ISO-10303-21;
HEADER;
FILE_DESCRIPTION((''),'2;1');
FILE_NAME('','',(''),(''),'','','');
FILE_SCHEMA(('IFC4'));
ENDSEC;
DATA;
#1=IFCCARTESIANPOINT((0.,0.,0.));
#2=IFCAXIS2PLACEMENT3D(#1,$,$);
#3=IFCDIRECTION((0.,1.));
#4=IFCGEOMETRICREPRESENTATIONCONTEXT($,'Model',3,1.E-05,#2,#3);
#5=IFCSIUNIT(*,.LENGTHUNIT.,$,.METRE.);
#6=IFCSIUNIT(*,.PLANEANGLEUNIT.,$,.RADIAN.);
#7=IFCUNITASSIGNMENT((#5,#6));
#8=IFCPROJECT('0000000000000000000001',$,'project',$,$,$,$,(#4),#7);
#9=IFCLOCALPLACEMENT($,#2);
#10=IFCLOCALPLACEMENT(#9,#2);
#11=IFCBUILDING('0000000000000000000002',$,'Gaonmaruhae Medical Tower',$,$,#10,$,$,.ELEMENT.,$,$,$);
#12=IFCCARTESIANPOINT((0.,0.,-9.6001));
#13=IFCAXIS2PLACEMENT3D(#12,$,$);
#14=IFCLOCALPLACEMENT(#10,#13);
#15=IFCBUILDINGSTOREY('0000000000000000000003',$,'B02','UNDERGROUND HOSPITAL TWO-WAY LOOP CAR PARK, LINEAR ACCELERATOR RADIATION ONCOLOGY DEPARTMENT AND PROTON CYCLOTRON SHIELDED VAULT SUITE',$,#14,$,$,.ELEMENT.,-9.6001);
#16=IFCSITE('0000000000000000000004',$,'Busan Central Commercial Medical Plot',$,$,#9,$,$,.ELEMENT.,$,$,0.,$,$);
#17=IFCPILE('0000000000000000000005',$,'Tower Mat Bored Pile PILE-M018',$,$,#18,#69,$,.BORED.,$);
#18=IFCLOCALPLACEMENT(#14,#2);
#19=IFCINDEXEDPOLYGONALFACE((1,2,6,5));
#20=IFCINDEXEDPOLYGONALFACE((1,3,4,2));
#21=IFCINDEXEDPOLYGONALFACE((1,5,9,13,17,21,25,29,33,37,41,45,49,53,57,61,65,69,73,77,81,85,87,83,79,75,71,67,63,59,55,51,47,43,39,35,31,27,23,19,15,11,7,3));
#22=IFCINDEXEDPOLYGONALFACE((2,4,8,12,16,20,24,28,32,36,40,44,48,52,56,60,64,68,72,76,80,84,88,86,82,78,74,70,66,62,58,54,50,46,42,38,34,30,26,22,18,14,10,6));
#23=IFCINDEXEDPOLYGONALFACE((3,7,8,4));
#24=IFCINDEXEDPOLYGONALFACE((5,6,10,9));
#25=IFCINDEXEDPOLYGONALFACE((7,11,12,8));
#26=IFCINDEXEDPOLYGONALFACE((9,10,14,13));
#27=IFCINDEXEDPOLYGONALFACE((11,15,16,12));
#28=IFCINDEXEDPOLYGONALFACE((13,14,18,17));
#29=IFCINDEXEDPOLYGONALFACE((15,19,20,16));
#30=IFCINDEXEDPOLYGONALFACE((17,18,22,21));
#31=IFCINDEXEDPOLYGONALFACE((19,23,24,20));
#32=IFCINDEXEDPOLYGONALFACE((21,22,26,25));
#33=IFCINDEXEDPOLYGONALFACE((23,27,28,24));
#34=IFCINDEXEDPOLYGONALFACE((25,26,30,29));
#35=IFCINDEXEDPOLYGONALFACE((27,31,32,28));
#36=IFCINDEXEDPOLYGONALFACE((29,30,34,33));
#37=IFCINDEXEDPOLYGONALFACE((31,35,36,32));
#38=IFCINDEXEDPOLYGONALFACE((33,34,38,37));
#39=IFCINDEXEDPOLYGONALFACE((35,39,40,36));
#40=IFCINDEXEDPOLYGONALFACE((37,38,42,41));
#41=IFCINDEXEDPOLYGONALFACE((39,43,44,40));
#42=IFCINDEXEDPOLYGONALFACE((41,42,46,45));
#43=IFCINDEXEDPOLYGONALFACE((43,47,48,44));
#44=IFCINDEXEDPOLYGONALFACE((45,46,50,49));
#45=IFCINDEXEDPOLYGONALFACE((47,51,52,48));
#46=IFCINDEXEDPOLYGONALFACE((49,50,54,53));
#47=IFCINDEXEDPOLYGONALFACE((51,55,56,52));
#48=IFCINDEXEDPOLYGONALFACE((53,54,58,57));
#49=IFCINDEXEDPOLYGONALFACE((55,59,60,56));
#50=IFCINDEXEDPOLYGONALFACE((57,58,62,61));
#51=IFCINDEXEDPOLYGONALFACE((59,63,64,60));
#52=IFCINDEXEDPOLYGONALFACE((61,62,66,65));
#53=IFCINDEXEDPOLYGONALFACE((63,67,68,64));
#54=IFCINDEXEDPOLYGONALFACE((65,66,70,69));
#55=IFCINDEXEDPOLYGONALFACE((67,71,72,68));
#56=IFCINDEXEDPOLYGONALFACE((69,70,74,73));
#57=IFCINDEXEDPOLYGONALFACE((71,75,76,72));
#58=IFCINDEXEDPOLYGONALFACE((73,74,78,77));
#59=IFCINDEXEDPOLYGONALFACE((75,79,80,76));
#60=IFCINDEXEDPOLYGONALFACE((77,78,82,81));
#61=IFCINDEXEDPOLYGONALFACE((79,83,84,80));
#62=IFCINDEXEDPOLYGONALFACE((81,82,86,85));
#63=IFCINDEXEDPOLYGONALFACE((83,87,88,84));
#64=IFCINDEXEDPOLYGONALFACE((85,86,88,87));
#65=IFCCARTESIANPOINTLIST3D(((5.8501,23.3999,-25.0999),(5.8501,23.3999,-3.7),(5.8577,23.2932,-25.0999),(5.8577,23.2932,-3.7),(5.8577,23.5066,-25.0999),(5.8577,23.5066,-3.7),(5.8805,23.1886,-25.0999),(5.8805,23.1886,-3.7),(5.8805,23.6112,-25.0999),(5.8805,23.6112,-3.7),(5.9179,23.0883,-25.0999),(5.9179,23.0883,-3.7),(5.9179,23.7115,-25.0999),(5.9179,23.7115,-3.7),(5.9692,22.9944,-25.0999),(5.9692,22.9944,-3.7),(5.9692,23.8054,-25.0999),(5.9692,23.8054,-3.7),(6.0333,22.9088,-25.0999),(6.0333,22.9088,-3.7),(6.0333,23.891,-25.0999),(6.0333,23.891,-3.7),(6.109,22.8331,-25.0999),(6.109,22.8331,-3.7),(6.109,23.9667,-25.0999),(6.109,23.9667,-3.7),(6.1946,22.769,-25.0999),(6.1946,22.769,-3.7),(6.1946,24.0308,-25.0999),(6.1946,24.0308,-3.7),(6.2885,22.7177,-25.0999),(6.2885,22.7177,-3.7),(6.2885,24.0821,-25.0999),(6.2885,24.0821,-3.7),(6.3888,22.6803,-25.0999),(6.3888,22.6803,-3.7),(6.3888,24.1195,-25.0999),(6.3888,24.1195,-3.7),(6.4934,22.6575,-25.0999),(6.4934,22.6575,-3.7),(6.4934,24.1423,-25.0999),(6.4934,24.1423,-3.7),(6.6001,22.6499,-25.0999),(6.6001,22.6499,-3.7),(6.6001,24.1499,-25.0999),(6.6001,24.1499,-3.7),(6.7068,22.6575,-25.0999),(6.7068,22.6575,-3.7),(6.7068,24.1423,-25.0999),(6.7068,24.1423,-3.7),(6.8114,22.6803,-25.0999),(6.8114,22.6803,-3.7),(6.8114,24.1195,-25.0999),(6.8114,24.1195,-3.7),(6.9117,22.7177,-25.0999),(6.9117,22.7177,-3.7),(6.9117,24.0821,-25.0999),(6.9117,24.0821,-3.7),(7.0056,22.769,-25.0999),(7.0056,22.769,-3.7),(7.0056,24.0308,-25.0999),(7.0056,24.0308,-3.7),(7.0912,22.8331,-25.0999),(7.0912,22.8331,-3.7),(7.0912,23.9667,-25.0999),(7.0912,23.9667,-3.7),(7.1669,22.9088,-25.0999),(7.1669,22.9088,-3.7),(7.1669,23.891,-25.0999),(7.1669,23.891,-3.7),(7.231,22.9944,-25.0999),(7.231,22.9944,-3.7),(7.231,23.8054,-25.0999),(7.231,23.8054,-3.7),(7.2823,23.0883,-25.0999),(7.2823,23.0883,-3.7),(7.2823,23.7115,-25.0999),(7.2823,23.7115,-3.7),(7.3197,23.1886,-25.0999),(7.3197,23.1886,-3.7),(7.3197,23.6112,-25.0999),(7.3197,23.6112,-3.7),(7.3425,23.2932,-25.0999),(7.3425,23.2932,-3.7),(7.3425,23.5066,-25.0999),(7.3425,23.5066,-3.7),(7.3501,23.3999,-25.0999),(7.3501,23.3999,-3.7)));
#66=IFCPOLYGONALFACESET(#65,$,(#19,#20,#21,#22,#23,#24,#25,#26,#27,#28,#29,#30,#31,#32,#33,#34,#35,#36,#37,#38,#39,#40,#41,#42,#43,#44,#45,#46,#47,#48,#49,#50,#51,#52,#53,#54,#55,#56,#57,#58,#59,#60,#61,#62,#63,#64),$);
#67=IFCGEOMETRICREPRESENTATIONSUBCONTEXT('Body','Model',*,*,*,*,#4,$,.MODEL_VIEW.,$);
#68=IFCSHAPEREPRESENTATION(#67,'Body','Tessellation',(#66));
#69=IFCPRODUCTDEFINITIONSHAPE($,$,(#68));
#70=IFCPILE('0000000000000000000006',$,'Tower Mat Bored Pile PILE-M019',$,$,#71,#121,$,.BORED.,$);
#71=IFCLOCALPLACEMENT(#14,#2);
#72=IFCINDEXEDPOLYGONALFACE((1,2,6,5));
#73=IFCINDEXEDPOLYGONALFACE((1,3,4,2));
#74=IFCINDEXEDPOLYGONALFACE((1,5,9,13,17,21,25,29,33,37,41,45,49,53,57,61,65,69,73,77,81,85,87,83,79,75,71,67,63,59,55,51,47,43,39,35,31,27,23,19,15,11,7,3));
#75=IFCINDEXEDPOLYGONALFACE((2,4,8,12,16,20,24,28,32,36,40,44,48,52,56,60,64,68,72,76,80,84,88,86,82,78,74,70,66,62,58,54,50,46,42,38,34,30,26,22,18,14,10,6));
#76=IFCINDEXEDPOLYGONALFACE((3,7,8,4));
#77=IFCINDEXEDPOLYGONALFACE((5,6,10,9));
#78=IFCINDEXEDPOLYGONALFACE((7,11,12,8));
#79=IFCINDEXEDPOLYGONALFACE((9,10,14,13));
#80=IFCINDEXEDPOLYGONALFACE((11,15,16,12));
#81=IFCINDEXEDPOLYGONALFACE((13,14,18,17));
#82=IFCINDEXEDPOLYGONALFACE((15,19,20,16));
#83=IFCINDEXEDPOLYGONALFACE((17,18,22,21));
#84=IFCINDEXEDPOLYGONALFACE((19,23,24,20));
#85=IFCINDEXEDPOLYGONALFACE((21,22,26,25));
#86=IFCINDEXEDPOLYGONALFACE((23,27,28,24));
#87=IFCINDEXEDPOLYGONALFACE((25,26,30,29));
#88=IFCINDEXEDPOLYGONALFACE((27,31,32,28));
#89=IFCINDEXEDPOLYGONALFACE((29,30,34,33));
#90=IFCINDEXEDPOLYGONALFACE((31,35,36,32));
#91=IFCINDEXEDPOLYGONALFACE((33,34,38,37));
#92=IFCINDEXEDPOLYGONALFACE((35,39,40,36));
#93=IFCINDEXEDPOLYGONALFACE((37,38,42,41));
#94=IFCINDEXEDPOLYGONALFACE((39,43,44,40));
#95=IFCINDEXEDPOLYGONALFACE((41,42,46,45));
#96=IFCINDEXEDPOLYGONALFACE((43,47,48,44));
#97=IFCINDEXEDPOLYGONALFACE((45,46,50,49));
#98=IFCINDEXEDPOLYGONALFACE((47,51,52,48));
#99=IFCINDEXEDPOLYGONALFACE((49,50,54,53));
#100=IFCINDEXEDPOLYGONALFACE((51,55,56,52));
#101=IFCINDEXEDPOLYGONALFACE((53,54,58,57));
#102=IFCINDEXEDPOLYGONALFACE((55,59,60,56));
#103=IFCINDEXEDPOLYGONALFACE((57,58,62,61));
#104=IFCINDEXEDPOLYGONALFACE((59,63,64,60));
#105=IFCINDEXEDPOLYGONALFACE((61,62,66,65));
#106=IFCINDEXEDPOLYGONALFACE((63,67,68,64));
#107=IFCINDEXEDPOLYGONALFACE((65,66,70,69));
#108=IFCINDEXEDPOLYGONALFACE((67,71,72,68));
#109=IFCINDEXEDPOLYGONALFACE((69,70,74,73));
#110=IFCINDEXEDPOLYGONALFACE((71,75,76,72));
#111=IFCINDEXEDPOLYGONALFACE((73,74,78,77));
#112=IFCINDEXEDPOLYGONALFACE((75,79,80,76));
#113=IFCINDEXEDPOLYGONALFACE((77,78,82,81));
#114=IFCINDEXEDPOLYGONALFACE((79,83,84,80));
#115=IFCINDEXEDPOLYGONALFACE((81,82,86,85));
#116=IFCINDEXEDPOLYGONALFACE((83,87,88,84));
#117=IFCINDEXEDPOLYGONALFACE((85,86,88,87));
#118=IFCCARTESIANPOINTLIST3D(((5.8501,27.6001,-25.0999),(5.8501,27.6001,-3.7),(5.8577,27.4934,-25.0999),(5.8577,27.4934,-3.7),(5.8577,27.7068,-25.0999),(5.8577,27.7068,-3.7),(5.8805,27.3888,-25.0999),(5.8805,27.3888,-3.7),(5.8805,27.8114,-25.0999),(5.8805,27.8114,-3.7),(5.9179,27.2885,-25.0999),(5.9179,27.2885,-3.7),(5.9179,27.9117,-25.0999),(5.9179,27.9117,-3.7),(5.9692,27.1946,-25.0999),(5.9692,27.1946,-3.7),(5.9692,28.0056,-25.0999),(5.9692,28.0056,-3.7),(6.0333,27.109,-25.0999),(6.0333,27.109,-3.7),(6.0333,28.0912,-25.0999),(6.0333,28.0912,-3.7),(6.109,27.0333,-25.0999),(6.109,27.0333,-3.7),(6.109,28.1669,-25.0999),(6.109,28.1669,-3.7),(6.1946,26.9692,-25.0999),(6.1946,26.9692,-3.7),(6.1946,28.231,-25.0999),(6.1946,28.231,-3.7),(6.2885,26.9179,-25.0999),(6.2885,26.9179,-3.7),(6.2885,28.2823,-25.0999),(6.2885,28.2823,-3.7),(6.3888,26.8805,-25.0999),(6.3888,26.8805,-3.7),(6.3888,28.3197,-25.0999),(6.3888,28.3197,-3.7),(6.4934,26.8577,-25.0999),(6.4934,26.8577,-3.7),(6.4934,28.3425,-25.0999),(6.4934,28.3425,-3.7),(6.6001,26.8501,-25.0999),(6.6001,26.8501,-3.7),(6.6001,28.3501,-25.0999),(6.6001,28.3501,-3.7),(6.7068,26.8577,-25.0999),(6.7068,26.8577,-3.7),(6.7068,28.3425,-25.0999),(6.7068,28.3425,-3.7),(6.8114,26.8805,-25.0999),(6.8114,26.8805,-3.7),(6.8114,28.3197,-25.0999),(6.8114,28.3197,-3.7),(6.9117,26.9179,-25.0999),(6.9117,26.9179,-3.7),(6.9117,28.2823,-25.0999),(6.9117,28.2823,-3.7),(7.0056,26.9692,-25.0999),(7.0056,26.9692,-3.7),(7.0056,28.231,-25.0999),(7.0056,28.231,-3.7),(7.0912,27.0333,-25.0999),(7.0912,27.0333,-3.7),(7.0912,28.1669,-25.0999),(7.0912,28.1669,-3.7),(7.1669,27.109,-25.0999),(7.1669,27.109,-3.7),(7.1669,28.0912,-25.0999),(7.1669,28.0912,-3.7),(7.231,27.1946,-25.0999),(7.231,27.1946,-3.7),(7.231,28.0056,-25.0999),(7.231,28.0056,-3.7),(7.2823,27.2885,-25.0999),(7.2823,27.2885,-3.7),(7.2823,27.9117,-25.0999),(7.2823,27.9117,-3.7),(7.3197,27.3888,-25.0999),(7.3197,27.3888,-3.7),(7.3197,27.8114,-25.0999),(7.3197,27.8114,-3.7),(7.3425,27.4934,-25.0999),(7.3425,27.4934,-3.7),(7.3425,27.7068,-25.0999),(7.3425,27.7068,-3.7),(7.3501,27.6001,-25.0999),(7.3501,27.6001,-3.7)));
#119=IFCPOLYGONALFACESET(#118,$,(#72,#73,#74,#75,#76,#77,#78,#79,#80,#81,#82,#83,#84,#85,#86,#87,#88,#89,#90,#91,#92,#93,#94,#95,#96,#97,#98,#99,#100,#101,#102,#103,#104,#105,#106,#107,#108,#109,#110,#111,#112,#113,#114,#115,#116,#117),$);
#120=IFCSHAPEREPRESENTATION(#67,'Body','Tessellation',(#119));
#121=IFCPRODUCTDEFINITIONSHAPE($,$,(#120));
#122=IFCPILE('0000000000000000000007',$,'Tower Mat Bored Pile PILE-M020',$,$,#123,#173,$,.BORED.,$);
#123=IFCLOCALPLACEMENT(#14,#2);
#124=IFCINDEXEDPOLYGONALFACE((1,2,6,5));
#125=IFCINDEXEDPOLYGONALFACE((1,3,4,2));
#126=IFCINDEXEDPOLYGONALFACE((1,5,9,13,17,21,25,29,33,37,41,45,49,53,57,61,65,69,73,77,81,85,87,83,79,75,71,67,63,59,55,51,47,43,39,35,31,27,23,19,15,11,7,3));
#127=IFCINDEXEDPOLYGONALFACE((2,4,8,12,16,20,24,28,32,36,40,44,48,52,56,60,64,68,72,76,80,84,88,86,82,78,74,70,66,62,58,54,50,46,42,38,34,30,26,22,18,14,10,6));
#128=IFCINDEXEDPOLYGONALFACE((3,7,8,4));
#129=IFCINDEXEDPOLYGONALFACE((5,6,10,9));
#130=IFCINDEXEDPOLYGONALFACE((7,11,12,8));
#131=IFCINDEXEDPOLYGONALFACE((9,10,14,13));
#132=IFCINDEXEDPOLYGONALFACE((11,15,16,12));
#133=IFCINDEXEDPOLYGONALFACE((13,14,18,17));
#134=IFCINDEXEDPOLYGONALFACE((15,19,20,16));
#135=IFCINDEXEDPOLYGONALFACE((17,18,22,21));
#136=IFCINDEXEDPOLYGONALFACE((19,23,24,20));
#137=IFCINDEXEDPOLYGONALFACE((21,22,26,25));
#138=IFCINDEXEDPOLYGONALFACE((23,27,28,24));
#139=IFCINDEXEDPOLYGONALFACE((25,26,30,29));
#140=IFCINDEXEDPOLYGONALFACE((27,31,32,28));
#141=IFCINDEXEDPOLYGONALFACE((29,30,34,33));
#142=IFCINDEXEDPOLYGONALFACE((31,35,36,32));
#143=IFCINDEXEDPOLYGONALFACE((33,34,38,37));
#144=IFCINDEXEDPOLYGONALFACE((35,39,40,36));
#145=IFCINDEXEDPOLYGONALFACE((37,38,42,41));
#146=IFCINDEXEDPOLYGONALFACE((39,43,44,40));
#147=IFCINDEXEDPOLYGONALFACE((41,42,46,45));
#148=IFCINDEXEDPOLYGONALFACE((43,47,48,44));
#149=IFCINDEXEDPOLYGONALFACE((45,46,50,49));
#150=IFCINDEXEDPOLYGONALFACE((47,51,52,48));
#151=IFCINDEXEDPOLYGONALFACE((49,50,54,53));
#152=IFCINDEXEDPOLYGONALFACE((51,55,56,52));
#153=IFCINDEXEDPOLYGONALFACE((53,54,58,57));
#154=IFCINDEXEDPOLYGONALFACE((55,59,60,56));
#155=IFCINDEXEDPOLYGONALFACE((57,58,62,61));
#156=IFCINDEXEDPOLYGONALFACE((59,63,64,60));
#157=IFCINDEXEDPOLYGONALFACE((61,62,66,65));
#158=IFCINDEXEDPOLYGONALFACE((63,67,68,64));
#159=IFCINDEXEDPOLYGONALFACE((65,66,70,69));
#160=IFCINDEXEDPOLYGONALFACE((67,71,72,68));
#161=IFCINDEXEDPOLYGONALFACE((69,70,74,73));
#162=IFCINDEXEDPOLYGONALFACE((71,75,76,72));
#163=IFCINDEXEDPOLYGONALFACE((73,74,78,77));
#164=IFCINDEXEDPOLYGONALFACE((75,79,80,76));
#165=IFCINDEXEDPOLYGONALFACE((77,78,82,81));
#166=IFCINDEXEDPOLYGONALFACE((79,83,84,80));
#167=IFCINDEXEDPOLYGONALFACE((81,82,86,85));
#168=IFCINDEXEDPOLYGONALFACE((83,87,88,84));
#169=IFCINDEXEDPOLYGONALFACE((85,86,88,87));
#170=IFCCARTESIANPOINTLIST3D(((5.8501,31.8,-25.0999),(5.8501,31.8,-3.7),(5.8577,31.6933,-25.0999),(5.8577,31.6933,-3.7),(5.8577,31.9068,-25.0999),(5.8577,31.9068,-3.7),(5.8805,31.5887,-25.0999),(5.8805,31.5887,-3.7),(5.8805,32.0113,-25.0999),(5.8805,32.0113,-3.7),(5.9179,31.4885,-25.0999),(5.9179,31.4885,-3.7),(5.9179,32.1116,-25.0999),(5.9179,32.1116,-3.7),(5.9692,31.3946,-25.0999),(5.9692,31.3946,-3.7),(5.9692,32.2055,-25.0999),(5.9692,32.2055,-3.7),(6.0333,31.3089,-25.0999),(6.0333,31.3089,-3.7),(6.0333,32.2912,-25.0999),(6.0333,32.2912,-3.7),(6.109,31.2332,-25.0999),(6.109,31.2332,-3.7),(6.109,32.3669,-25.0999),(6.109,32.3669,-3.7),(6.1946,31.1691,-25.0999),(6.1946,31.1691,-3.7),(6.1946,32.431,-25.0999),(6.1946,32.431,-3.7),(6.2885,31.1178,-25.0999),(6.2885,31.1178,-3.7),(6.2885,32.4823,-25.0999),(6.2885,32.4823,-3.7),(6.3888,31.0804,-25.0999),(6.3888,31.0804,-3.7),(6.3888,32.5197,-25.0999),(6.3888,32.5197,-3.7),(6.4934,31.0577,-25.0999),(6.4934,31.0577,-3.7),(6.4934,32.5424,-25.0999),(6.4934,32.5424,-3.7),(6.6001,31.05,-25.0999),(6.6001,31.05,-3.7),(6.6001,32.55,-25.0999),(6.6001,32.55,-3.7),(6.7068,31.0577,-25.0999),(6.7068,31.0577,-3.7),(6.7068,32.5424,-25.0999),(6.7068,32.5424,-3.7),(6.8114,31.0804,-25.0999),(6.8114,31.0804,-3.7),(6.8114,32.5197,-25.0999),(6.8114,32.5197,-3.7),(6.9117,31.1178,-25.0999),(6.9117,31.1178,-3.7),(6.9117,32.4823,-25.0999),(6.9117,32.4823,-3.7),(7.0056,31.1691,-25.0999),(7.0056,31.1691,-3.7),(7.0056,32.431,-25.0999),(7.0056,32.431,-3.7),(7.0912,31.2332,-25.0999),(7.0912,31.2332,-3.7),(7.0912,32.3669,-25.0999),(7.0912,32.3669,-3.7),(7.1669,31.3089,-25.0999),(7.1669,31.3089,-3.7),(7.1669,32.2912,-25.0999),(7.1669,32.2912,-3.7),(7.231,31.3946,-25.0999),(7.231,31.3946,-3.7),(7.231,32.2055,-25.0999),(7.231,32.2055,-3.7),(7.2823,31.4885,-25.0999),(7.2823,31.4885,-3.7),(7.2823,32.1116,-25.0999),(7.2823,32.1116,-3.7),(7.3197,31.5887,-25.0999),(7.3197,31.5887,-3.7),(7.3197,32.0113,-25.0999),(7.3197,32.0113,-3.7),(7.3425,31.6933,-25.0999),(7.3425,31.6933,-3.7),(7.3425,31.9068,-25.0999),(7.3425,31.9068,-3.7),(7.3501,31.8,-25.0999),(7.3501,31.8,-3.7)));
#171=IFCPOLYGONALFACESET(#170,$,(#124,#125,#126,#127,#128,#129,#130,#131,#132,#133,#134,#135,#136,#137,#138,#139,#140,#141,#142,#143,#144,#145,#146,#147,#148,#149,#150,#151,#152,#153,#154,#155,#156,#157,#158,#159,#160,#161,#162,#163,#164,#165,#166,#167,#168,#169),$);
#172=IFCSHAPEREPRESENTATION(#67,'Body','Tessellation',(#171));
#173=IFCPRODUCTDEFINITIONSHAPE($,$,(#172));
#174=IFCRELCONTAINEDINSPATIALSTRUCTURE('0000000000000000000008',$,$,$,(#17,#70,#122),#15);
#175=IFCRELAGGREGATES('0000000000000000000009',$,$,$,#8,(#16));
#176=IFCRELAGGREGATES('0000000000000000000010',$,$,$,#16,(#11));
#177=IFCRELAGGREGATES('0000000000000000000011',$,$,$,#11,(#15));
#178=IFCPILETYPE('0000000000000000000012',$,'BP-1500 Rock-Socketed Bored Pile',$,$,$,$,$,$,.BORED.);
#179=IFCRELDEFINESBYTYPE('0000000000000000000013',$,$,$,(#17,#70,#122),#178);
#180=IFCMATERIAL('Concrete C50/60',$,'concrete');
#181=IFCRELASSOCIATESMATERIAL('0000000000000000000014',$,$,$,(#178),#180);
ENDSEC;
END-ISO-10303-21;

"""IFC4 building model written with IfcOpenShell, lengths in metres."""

from ifc_helpers import new_model, si_unit, direction, frame, origin, origin_2d, place, context, subcontext, project, spatial, circle, extrude, material, material_profile, profile_set, type_object, element, save


model = new_model("IFC4")

# Units and contexts
model_context = context("Model", 3, precision=1e-05, world=origin(), true_north=direction((0.0, 1.0)))
body_context = subcontext(model_context, "Body", "Model", "MODEL_VIEW")
ifc_project = project(units=[si_unit("LENGTHUNIT", "METRE"), si_unit("PLANEANGLEUNIT", "RADIAN")], contexts=[model_context])

# Site, building, storey
site_placement = place(None, origin())
site = spatial("IfcSite", under=ifc_project, at=site_placement, Name="Busan Central Commercial Medical Plot", CompositionType="ELEMENT", RefElevation=0.0)
building_placement = place(site_placement, origin())
building = spatial("IfcBuilding", under=site, at=building_placement, Name="Gaonmaruhae Medical Tower", CompositionType="ELEMENT")
storey_placement = place(building_placement, frame((0.0, 0.0, -9.6001)))
storey = spatial("IfcBuildingStorey", under=building, at=storey_placement, Name="B02", Description="UNDERGROUND HOSPITAL TWO-WAY LOOP CAR PARK, LINEAR ACCELERATOR RADIATION ONCOLOGY DEPARTMENT AND PROTON CYCLOTRON SHIELDED VAULT SUITE", CompositionType="ELEMENT", Elevation=-9.6001)

# Piles
ifc_material_1 = material(Name="Concrete C50/60", Category="concrete")
ifc_material_profile_1 = material_profile(ifc_material_1, circle(Radius=0.75, at=origin_2d()), Name="PILE-D1500")
ifc_profile_set_1 = profile_set([ifc_material_profile_1], Name="Concrete C50/60")
pile_type = type_object("IfcPileType", Name="BP-1500 Rock-Socketed Bored Pile", PredefinedType="BORED", material=ifc_profile_set_1)
for number, where, z_axis, x_axis, name in (
    (1, (6.6001, 23.3999, -3.7), (0.0, 0.0, -1.0), (1.0, 0.0, 0.0), "Tower Mat Bored Pile PILE-M018"),
    (2, (6.6001, 27.6001, -3.7), (0.0, 0.0, -1.0), (1.0, 0.0, 0.0), "Tower Mat Bored Pile PILE-M019"),
    (3, (6.6001, 31.8, -3.7), (0.0, 0.0, -1.0), (1.0, 0.0, 0.0), "Tower Mat Bored Pile PILE-M020"),
):
    element("IfcPile", number, at=place(storey_placement, frame(where, z_axis=z_axis, x_axis=x_axis)), inside=storey, type_object=pile_type, Name=name, PredefinedType="BORED", context=body_context, shape_type="SweptSolid", body=[
        extrude(circle(Radius=0.75, at=origin_2d()), origin(), (0.0, 0.0, 1.0), 21.3999),
    ])

save(model, "model.ifc")
